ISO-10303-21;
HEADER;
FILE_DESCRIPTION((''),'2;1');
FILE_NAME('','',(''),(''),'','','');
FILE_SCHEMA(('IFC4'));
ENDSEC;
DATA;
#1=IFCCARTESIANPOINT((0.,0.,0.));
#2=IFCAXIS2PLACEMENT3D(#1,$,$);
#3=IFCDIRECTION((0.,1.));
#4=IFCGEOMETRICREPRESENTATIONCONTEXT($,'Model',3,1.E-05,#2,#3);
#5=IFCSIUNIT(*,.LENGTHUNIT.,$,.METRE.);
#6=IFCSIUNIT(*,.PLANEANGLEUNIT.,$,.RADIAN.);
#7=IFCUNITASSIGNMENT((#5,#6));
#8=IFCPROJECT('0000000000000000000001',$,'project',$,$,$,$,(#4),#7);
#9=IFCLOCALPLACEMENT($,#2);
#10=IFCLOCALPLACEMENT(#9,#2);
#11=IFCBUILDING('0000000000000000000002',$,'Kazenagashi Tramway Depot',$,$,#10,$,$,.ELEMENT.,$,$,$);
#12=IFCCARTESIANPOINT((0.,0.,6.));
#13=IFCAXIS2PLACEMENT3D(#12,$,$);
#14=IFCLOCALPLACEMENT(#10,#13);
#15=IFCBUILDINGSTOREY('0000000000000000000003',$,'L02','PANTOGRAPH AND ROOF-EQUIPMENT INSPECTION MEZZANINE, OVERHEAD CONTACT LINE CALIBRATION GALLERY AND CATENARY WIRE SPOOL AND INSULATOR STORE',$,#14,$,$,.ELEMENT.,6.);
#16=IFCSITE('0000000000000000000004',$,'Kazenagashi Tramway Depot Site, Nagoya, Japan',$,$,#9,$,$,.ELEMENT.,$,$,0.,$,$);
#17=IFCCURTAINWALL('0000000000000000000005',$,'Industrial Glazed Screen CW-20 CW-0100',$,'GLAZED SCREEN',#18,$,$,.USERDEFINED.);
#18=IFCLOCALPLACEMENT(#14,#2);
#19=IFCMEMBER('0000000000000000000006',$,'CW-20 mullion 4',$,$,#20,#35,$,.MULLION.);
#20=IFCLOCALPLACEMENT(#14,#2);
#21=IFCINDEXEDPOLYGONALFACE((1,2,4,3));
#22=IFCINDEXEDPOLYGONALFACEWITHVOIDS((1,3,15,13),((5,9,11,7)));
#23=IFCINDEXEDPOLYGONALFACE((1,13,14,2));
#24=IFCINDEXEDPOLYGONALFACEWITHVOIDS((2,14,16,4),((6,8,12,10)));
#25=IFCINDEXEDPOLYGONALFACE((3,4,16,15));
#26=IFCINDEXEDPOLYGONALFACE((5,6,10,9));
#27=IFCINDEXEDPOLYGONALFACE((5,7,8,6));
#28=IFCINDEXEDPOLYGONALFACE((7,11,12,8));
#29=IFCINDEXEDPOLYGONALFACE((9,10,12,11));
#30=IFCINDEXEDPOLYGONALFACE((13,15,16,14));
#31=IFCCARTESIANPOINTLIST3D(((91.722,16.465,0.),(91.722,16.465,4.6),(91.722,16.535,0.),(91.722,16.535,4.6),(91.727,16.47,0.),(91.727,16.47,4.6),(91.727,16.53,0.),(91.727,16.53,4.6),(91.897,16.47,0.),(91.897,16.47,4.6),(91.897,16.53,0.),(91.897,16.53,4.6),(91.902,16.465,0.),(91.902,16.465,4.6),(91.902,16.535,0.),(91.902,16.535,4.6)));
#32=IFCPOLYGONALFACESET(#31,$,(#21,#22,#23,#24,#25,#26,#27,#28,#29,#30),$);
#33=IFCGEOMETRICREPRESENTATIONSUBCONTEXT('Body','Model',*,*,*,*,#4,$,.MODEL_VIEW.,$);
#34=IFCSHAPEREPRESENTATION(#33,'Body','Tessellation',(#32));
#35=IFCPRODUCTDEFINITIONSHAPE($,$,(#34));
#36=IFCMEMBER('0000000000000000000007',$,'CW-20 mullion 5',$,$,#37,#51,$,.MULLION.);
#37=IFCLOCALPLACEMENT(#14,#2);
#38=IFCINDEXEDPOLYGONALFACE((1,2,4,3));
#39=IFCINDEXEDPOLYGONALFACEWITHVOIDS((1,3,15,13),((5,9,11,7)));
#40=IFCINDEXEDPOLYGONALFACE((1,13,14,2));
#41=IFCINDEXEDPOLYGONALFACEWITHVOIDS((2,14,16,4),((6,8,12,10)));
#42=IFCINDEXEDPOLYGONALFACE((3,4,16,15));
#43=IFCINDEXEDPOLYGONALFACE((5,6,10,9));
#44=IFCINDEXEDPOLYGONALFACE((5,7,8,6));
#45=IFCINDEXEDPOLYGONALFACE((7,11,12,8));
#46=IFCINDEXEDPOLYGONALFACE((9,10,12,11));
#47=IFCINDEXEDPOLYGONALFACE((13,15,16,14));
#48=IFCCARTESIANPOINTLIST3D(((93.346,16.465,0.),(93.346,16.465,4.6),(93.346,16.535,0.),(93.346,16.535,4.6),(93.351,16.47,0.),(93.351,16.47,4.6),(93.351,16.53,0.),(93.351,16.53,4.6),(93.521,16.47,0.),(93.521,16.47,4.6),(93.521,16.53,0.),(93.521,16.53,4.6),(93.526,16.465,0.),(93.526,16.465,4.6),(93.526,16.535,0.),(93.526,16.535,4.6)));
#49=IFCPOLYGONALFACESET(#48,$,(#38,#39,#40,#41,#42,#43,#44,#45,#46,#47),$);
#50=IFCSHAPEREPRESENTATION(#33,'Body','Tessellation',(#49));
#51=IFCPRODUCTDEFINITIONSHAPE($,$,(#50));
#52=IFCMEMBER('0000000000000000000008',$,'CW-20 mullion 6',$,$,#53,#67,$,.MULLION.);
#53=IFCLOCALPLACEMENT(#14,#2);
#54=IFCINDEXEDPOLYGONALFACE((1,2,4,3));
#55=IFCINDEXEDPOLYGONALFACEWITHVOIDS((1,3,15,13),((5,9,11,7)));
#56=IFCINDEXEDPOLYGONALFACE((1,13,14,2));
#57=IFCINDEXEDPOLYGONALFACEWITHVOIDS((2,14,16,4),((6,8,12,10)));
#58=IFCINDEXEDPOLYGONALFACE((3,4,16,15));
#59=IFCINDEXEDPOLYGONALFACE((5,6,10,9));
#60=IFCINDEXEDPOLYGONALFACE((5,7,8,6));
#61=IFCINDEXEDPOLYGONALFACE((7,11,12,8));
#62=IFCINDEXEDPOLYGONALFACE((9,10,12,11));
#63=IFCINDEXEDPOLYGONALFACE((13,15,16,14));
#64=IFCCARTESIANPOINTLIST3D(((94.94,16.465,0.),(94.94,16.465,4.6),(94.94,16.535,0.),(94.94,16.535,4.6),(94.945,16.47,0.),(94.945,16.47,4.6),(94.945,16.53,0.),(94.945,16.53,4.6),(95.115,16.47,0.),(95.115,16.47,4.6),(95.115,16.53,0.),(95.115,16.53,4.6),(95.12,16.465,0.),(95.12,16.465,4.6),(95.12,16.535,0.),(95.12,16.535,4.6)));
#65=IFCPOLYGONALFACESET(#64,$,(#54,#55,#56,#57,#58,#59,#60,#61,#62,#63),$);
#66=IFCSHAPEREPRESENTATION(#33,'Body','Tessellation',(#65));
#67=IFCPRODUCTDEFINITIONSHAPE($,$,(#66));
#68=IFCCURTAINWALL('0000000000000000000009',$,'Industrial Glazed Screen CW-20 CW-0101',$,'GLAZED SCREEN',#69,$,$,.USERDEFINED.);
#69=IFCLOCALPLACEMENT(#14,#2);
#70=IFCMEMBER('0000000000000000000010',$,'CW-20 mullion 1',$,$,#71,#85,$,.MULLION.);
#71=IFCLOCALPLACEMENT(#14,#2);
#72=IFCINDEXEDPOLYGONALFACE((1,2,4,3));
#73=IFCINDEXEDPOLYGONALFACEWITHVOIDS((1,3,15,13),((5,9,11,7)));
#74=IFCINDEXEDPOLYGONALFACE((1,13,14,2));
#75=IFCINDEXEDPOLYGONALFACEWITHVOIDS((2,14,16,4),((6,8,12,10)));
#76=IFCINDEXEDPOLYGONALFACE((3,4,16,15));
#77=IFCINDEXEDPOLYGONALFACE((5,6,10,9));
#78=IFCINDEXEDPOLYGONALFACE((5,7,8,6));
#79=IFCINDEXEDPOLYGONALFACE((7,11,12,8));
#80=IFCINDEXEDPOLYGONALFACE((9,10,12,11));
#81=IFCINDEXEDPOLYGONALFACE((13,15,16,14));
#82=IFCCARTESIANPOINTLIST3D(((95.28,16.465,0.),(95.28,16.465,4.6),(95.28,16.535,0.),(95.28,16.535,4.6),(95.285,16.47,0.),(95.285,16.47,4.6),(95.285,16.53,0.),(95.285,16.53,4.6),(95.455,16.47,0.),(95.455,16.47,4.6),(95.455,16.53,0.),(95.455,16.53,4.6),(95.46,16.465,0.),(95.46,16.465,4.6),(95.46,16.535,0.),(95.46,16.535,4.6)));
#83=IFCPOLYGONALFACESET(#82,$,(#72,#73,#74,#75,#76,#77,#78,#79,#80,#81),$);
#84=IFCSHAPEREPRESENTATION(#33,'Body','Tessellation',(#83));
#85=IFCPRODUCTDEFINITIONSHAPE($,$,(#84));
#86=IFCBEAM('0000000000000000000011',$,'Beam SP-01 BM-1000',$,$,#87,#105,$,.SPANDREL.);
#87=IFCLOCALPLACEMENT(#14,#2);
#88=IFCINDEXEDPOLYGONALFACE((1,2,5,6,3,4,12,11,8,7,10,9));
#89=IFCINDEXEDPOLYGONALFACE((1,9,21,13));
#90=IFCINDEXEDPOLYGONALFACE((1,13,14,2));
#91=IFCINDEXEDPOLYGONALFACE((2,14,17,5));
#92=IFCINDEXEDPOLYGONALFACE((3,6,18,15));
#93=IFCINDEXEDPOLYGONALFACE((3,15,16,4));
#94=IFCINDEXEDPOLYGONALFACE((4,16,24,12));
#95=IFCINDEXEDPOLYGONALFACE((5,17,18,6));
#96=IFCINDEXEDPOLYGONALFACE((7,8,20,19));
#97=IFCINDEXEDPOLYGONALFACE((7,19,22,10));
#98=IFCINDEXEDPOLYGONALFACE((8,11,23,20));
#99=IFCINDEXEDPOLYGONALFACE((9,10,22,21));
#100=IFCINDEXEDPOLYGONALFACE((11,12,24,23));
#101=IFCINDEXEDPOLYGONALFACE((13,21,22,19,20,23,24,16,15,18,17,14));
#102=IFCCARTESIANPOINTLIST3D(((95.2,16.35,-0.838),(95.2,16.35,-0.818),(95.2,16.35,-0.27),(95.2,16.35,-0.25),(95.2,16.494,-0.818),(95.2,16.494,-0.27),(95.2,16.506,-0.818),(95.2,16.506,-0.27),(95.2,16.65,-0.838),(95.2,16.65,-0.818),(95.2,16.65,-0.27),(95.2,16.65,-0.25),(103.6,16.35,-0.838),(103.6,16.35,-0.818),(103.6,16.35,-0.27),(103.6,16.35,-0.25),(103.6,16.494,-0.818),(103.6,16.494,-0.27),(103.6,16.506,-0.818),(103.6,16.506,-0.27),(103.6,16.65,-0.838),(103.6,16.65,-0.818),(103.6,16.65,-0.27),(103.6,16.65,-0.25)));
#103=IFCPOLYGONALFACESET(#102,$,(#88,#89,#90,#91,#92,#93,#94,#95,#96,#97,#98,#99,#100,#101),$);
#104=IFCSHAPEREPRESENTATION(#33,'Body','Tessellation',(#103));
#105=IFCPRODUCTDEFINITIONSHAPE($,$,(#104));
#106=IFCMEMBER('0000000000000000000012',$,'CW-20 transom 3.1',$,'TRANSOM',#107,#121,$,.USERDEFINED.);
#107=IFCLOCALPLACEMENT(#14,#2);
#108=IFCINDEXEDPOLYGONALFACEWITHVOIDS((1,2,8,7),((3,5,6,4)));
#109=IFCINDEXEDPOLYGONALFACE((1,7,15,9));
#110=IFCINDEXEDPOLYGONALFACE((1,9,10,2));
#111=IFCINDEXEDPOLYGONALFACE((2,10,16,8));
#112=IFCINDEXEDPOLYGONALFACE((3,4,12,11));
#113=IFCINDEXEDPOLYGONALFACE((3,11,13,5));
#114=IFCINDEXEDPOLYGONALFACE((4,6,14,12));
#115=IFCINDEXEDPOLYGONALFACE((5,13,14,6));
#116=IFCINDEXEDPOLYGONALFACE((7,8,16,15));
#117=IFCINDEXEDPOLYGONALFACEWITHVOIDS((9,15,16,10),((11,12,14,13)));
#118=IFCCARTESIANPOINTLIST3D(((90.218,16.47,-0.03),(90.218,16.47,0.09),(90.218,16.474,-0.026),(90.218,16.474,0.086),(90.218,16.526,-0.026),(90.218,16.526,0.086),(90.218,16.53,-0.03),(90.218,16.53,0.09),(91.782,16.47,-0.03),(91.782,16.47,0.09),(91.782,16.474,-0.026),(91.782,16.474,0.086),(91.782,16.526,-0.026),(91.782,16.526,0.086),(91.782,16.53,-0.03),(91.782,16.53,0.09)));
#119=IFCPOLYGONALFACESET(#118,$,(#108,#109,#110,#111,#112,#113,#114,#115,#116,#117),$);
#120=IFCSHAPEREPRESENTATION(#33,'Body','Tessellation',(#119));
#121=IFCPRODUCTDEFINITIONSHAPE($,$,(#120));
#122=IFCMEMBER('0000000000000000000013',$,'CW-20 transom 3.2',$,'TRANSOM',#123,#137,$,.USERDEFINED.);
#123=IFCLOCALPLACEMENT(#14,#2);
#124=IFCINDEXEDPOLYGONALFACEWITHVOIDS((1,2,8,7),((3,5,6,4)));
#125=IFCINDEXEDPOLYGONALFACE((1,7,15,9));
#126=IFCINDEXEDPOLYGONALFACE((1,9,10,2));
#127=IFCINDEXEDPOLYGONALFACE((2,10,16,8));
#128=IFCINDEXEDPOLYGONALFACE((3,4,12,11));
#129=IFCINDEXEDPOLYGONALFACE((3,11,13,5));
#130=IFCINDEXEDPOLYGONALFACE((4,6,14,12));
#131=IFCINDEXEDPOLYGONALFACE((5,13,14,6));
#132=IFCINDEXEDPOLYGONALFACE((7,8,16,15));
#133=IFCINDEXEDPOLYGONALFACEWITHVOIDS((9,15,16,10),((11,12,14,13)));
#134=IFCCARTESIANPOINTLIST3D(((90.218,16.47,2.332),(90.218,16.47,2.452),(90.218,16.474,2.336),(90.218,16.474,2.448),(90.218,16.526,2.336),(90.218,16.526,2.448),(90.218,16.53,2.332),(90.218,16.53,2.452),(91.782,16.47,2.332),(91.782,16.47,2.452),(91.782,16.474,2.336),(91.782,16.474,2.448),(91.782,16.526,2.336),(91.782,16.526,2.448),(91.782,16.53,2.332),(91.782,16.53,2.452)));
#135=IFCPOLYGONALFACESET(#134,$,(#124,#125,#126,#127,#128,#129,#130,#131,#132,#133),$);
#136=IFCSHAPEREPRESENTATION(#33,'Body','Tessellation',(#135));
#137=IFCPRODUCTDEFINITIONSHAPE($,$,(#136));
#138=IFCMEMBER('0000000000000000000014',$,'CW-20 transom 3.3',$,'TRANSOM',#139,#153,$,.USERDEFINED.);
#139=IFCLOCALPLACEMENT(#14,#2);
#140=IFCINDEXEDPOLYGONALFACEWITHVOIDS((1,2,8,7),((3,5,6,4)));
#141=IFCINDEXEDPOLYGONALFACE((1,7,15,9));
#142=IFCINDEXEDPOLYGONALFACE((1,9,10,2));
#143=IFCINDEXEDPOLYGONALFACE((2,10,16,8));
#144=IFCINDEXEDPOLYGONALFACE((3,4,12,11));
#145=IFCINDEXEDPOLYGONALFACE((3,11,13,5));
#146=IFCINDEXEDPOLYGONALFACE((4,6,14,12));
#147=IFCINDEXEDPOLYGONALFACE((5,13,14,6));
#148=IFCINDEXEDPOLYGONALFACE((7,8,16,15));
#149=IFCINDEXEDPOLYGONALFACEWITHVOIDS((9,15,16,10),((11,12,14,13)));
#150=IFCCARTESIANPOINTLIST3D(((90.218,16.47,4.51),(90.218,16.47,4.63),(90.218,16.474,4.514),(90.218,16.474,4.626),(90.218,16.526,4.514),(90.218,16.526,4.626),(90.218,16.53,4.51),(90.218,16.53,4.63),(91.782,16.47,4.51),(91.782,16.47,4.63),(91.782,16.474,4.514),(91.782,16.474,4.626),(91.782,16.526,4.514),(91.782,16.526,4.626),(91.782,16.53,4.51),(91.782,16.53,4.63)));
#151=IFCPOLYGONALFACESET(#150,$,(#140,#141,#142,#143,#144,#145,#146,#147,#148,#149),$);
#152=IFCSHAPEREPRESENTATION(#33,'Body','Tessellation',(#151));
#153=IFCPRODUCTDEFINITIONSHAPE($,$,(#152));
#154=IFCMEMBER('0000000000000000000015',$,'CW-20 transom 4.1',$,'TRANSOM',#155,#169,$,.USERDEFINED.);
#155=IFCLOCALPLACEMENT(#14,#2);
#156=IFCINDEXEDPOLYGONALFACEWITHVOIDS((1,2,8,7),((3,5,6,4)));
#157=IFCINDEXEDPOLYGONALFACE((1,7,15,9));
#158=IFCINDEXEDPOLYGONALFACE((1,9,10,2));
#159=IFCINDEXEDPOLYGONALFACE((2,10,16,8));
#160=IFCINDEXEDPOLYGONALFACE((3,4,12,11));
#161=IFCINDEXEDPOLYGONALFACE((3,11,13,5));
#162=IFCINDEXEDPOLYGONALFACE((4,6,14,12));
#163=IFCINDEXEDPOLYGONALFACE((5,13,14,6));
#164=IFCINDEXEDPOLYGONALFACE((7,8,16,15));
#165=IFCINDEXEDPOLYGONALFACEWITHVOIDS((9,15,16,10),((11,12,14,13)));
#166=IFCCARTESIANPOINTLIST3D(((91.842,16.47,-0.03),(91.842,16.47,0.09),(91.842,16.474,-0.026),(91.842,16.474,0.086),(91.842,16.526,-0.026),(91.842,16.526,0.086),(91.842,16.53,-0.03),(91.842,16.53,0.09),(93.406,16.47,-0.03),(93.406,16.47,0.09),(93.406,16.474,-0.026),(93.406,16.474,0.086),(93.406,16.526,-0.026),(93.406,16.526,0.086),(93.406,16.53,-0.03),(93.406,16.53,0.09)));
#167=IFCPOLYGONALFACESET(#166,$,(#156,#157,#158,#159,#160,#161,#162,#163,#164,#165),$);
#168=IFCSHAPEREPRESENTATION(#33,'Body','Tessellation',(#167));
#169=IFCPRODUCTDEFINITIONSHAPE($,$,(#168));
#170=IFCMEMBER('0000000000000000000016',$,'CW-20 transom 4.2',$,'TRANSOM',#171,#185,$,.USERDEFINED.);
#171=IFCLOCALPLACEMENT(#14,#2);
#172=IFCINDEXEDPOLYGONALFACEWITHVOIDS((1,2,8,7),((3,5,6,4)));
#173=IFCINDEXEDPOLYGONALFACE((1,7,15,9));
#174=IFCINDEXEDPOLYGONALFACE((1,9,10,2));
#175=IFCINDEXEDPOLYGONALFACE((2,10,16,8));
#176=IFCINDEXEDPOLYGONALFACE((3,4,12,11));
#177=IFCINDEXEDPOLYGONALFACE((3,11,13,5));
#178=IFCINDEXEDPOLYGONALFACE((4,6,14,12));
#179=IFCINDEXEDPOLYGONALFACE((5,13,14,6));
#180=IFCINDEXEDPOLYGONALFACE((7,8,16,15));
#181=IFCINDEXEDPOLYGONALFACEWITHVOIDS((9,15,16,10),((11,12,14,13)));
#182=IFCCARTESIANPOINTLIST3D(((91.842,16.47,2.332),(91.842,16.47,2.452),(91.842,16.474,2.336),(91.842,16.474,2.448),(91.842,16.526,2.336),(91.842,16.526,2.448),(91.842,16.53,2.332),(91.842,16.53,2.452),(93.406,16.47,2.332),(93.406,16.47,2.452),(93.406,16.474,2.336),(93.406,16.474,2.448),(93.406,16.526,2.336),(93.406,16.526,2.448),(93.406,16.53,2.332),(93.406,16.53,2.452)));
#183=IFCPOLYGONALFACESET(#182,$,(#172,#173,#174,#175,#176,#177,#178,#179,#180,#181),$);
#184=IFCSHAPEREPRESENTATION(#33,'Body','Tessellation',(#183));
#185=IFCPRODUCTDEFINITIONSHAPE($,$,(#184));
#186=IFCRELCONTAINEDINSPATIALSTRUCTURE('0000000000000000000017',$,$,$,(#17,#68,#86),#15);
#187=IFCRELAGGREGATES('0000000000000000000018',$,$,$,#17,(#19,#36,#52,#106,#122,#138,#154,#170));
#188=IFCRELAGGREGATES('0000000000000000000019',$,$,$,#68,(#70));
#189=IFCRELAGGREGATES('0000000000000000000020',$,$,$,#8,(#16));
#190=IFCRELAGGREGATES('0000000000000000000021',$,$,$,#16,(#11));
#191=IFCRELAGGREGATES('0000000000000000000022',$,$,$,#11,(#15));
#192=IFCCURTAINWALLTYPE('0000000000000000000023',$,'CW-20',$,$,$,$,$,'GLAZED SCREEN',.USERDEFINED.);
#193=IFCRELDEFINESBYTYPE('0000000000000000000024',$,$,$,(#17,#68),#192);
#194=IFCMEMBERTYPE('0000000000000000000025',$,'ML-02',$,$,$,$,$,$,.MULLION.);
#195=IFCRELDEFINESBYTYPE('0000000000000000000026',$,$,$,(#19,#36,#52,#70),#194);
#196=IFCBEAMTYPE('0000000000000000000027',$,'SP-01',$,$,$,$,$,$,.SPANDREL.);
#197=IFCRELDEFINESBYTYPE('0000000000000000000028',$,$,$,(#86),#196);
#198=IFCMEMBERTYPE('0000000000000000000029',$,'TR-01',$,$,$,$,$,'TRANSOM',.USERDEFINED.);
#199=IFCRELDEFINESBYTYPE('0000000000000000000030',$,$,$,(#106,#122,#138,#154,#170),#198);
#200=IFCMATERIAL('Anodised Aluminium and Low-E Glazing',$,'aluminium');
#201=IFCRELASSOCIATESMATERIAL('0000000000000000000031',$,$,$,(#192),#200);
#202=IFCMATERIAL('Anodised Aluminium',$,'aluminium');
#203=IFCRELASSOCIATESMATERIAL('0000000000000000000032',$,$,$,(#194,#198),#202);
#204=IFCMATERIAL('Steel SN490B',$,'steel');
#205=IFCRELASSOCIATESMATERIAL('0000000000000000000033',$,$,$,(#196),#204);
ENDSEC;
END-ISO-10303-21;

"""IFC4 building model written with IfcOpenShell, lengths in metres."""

from ifc_helpers import new_model, si_unit, direction, frame, origin, origin_2d, place, context, subcontext, project, spatial, hollow_rectangle, i_section, extrude, material, material_profile, profile_set, type_object, element, aggregate, save


model = new_model("IFC4")

# Units and contexts
model_context = context("Model", 3, precision=1e-05, world=origin(), true_north=direction((0.0, 1.0)))
body_context = subcontext(model_context, "Body", "Model", "MODEL_VIEW")
ifc_project = project(units=[si_unit("LENGTHUNIT", "METRE"), si_unit("PLANEANGLEUNIT", "RADIAN")], contexts=[model_context])

# Site, building, storey
site_placement = place(None, origin())
site = spatial("IfcSite", under=ifc_project, at=site_placement, Name="Kazenagashi Tramway Depot Site, Nagoya, Japan", CompositionType="ELEMENT", RefElevation=0.0)
building_placement = place(site_placement, origin())
building = spatial("IfcBuilding", under=site, at=building_placement, Name="Kazenagashi Tramway Depot", CompositionType="ELEMENT")
storey_placement = place(building_placement, frame((0.0, 0.0, 6.0)))
storey = spatial("IfcBuildingStorey", under=building, at=storey_placement, Name="L02", Description="PANTOGRAPH AND ROOF-EQUIPMENT INSPECTION MEZZANINE, OVERHEAD CONTACT LINE CALIBRATION GALLERY AND CATENARY WIRE SPOOL AND INSULATOR STORE", CompositionType="ELEMENT", Elevation=6.0)

# Shared definitions
ifc_material_1 = material(Name="Steel SN490B", Category="steel")

# Curtain wall, members
ifc_material_2 = material(Name="Anodised Aluminium and Low-E Glazing", Category="aluminium")
curtain_wall_type = type_object("IfcCurtainWallType", Name="CW-20", ElementType="GLAZED SCREEN", PredefinedType="USERDEFINED", material=ifc_material_2)
curtain_wall_1_placement = place(storey_placement, origin())
curtain_wall_1 = element("IfcCurtainWall", 1, at=curtain_wall_1_placement, inside=storey, type_object=curtain_wall_type, Name="Industrial Glazed Screen CW-20 CW-0100", ObjectType="GLAZED SCREEN", PredefinedType="USERDEFINED")
ifc_material_3 = material(Name="Anodised Aluminium", Category="aluminium")
ifc_material_profile_1 = material_profile(ifc_material_3, hollow_rectangle(XDim=0.07, YDim=0.18, WallThickness=0.005, at=origin_2d()), Name="RHS-180x70x5")
ifc_profile_set_1 = profile_set([ifc_material_profile_1], Name="Anodised Aluminium")
member_type_1 = type_object("IfcMemberType", Name="ML-02", PredefinedType="MULLION", material=ifc_profile_set_1)
member_1_placement = place(storey_placement, frame((91.812, 16.5, 0.0), z_axis=(0.0, 0.0, 1.0), x_axis=(0.0, 1.0, 0.0)))
member_1 = element("IfcMember", 2, at=member_1_placement, type_object=member_type_1, Name="CW-20 mullion 4", PredefinedType="MULLION", context=body_context, shape_type="SweptSolid", body=[
    extrude(hollow_rectangle(XDim=0.07, YDim=0.18, WallThickness=0.005, at=origin_2d()), origin(), (0.0, 0.0, 1.0), 4.6),
])
member_2_placement = place(storey_placement, frame((93.436, 16.5, 0.0), z_axis=(0.0, 0.0, 1.0), x_axis=(0.0, 1.0, 0.0)))
member_2 = element("IfcMember", 3, at=member_2_placement, type_object=member_type_1, Name="CW-20 mullion 5", PredefinedType="MULLION", context=body_context, shape_type="SweptSolid", body=[
    extrude(hollow_rectangle(XDim=0.07, YDim=0.18, WallThickness=0.005, at=origin_2d()), origin(), (0.0, 0.0, 1.0), 4.6),
])
member_3_placement = place(storey_placement, frame((95.03, 16.5, 0.0), z_axis=(0.0, 0.0, 1.0), x_axis=(0.0, 1.0, 0.0)))
member_3 = element("IfcMember", 4, at=member_3_placement, type_object=member_type_1, Name="CW-20 mullion 6", PredefinedType="MULLION", context=body_context, shape_type="SweptSolid", body=[
    extrude(hollow_rectangle(XDim=0.07, YDim=0.18, WallThickness=0.005, at=origin_2d()), origin(), (0.0, 0.0, 1.0), 4.6),
])

# Curtain wall, member
curtain_wall_2_placement = place(storey_placement, origin())
curtain_wall_2 = element("IfcCurtainWall", 5, at=curtain_wall_2_placement, inside=storey, type_object=curtain_wall_type, Name="Industrial Glazed Screen CW-20 CW-0101", ObjectType="GLAZED SCREEN", PredefinedType="USERDEFINED")
member_4_placement = place(storey_placement, frame((95.37, 16.5, 0.0), z_axis=(0.0, 0.0, 1.0), x_axis=(0.0, 1.0, 0.0)))
member_4 = element("IfcMember", 6, at=member_4_placement, type_object=member_type_1, Name="CW-20 mullion 1", PredefinedType="MULLION", context=body_context, shape_type="SweptSolid", body=[
    extrude(hollow_rectangle(XDim=0.07, YDim=0.18, WallThickness=0.005, at=origin_2d()), origin(), (0.0, 0.0, 1.0), 4.6),
])

# Beam
ifc_material_profile_2 = material_profile(ifc_material_1, i_section(OverallWidth=0.3, OverallDepth=0.588, WebThickness=0.012, FlangeThickness=0.02, at=origin_2d()), Name="H-588x300x12x20")
ifc_profile_set_2 = profile_set([ifc_material_profile_2], Name="Steel SN490B")
beam_type_1 = type_object("IfcBeamType", Name="SP-01", PredefinedType="SPANDREL", material=ifc_profile_set_2)
beam_1_placement = place(storey_placement, frame((95.2, 16.5, -0.544), z_axis=(1.0, 0.0, 0.0), x_axis=(0.0, 1.0, 0.0)))
element("IfcBeam", 7, at=beam_1_placement, inside=storey, type_object=beam_type_1, Name="Beam SP-01 BM-1000", PredefinedType="SPANDREL", context=body_context, shape_type="SweptSolid", body=[
    extrude(i_section(OverallWidth=0.3, OverallDepth=0.588, WebThickness=0.012, FlangeThickness=0.02, at=origin_2d()), origin(), (0.0, 0.0, 1.0), 8.4),
])

# Members
ifc_material_profile_3 = material_profile(ifc_material_3, hollow_rectangle(XDim=0.06, YDim=0.12, WallThickness=0.004, at=origin_2d()), Name="RHS-120x60x4")
ifc_profile_set_3 = profile_set([ifc_material_profile_3], Name="Anodised Aluminium")
member_type_2 = type_object("IfcMemberType", Name="TR-01", ElementType="TRANSOM", PredefinedType="USERDEFINED", material=ifc_profile_set_3)
member_5_placement = place(storey_placement, frame((90.218, 16.5, 0.03), z_axis=(1.0, 0.0, 0.0), x_axis=(0.0, 1.0, 0.0)))
member_5 = element("IfcMember", 8, at=member_5_placement, type_object=member_type_2, Name="CW-20 transom 3.1", ObjectType="TRANSOM", PredefinedType="USERDEFINED", context=body_context, shape_type="SweptSolid", body=[
    extrude(hollow_rectangle(XDim=0.06, YDim=0.12, WallThickness=0.004, at=origin_2d()), origin(), (0.0, 0.0, 1.0), 1.564),
])
member_6_placement = place(storey_placement, frame((90.218, 16.5, 2.392), z_axis=(1.0, 0.0, 0.0), x_axis=(0.0, 1.0, 0.0)))
member_6 = element("IfcMember", 9, at=member_6_placement, type_object=member_type_2, Name="CW-20 transom 3.2", ObjectType="TRANSOM", PredefinedType="USERDEFINED", context=body_context, shape_type="SweptSolid", body=[
    extrude(hollow_rectangle(XDim=0.06, YDim=0.12, WallThickness=0.004, at=origin_2d()), origin(), (0.0, 0.0, 1.0), 1.564),
])
member_7_placement = place(storey_placement, frame((90.218, 16.5, 4.57), z_axis=(1.0, 0.0, 0.0), x_axis=(0.0, 1.0, 0.0)))
member_7 = element("IfcMember", 10, at=member_7_placement, type_object=member_type_2, Name="CW-20 transom 3.3", ObjectType="TRANSOM", PredefinedType="USERDEFINED", context=body_context, shape_type="SweptSolid", body=[
    extrude(hollow_rectangle(XDim=0.06, YDim=0.12, WallThickness=0.004, at=origin_2d()), origin(), (0.0, 0.0, 1.0), 1.564),
])
member_8_placement = place(storey_placement, frame((91.842, 16.5, 0.03), z_axis=(1.0, 0.0, 0.0), x_axis=(0.0, 1.0, 0.0)))
member_8 = element("IfcMember", 11, at=member_8_placement, type_object=member_type_2, Name="CW-20 transom 4.1", ObjectType="TRANSOM", PredefinedType="USERDEFINED", context=body_context, shape_type="SweptSolid", body=[
    extrude(hollow_rectangle(XDim=0.06, YDim=0.12, WallThickness=0.004, at=origin_2d()), origin(), (0.0, 0.0, 1.0), 1.564),
])
member_9_placement = place(storey_placement, frame((91.842, 16.5, 2.392), z_axis=(1.0, 0.0, 0.0), x_axis=(0.0, 1.0, 0.0)))
member_9 = element("IfcMember", 12, at=member_9_placement, type_object=member_type_2, Name="CW-20 transom 4.2", ObjectType="TRANSOM", PredefinedType="USERDEFINED", context=body_context, shape_type="SweptSolid", body=[
    extrude(hollow_rectangle(XDim=0.06, YDim=0.12, WallThickness=0.004, at=origin_2d()), origin(), (0.0, 0.0, 1.0), 1.564),
])

aggregate(curtain_wall_1, [member_1, member_2, member_3, member_5, member_6, member_7, member_8, member_9])
aggregate(curtain_wall_2, [member_4])

save(model, "model.ifc")
